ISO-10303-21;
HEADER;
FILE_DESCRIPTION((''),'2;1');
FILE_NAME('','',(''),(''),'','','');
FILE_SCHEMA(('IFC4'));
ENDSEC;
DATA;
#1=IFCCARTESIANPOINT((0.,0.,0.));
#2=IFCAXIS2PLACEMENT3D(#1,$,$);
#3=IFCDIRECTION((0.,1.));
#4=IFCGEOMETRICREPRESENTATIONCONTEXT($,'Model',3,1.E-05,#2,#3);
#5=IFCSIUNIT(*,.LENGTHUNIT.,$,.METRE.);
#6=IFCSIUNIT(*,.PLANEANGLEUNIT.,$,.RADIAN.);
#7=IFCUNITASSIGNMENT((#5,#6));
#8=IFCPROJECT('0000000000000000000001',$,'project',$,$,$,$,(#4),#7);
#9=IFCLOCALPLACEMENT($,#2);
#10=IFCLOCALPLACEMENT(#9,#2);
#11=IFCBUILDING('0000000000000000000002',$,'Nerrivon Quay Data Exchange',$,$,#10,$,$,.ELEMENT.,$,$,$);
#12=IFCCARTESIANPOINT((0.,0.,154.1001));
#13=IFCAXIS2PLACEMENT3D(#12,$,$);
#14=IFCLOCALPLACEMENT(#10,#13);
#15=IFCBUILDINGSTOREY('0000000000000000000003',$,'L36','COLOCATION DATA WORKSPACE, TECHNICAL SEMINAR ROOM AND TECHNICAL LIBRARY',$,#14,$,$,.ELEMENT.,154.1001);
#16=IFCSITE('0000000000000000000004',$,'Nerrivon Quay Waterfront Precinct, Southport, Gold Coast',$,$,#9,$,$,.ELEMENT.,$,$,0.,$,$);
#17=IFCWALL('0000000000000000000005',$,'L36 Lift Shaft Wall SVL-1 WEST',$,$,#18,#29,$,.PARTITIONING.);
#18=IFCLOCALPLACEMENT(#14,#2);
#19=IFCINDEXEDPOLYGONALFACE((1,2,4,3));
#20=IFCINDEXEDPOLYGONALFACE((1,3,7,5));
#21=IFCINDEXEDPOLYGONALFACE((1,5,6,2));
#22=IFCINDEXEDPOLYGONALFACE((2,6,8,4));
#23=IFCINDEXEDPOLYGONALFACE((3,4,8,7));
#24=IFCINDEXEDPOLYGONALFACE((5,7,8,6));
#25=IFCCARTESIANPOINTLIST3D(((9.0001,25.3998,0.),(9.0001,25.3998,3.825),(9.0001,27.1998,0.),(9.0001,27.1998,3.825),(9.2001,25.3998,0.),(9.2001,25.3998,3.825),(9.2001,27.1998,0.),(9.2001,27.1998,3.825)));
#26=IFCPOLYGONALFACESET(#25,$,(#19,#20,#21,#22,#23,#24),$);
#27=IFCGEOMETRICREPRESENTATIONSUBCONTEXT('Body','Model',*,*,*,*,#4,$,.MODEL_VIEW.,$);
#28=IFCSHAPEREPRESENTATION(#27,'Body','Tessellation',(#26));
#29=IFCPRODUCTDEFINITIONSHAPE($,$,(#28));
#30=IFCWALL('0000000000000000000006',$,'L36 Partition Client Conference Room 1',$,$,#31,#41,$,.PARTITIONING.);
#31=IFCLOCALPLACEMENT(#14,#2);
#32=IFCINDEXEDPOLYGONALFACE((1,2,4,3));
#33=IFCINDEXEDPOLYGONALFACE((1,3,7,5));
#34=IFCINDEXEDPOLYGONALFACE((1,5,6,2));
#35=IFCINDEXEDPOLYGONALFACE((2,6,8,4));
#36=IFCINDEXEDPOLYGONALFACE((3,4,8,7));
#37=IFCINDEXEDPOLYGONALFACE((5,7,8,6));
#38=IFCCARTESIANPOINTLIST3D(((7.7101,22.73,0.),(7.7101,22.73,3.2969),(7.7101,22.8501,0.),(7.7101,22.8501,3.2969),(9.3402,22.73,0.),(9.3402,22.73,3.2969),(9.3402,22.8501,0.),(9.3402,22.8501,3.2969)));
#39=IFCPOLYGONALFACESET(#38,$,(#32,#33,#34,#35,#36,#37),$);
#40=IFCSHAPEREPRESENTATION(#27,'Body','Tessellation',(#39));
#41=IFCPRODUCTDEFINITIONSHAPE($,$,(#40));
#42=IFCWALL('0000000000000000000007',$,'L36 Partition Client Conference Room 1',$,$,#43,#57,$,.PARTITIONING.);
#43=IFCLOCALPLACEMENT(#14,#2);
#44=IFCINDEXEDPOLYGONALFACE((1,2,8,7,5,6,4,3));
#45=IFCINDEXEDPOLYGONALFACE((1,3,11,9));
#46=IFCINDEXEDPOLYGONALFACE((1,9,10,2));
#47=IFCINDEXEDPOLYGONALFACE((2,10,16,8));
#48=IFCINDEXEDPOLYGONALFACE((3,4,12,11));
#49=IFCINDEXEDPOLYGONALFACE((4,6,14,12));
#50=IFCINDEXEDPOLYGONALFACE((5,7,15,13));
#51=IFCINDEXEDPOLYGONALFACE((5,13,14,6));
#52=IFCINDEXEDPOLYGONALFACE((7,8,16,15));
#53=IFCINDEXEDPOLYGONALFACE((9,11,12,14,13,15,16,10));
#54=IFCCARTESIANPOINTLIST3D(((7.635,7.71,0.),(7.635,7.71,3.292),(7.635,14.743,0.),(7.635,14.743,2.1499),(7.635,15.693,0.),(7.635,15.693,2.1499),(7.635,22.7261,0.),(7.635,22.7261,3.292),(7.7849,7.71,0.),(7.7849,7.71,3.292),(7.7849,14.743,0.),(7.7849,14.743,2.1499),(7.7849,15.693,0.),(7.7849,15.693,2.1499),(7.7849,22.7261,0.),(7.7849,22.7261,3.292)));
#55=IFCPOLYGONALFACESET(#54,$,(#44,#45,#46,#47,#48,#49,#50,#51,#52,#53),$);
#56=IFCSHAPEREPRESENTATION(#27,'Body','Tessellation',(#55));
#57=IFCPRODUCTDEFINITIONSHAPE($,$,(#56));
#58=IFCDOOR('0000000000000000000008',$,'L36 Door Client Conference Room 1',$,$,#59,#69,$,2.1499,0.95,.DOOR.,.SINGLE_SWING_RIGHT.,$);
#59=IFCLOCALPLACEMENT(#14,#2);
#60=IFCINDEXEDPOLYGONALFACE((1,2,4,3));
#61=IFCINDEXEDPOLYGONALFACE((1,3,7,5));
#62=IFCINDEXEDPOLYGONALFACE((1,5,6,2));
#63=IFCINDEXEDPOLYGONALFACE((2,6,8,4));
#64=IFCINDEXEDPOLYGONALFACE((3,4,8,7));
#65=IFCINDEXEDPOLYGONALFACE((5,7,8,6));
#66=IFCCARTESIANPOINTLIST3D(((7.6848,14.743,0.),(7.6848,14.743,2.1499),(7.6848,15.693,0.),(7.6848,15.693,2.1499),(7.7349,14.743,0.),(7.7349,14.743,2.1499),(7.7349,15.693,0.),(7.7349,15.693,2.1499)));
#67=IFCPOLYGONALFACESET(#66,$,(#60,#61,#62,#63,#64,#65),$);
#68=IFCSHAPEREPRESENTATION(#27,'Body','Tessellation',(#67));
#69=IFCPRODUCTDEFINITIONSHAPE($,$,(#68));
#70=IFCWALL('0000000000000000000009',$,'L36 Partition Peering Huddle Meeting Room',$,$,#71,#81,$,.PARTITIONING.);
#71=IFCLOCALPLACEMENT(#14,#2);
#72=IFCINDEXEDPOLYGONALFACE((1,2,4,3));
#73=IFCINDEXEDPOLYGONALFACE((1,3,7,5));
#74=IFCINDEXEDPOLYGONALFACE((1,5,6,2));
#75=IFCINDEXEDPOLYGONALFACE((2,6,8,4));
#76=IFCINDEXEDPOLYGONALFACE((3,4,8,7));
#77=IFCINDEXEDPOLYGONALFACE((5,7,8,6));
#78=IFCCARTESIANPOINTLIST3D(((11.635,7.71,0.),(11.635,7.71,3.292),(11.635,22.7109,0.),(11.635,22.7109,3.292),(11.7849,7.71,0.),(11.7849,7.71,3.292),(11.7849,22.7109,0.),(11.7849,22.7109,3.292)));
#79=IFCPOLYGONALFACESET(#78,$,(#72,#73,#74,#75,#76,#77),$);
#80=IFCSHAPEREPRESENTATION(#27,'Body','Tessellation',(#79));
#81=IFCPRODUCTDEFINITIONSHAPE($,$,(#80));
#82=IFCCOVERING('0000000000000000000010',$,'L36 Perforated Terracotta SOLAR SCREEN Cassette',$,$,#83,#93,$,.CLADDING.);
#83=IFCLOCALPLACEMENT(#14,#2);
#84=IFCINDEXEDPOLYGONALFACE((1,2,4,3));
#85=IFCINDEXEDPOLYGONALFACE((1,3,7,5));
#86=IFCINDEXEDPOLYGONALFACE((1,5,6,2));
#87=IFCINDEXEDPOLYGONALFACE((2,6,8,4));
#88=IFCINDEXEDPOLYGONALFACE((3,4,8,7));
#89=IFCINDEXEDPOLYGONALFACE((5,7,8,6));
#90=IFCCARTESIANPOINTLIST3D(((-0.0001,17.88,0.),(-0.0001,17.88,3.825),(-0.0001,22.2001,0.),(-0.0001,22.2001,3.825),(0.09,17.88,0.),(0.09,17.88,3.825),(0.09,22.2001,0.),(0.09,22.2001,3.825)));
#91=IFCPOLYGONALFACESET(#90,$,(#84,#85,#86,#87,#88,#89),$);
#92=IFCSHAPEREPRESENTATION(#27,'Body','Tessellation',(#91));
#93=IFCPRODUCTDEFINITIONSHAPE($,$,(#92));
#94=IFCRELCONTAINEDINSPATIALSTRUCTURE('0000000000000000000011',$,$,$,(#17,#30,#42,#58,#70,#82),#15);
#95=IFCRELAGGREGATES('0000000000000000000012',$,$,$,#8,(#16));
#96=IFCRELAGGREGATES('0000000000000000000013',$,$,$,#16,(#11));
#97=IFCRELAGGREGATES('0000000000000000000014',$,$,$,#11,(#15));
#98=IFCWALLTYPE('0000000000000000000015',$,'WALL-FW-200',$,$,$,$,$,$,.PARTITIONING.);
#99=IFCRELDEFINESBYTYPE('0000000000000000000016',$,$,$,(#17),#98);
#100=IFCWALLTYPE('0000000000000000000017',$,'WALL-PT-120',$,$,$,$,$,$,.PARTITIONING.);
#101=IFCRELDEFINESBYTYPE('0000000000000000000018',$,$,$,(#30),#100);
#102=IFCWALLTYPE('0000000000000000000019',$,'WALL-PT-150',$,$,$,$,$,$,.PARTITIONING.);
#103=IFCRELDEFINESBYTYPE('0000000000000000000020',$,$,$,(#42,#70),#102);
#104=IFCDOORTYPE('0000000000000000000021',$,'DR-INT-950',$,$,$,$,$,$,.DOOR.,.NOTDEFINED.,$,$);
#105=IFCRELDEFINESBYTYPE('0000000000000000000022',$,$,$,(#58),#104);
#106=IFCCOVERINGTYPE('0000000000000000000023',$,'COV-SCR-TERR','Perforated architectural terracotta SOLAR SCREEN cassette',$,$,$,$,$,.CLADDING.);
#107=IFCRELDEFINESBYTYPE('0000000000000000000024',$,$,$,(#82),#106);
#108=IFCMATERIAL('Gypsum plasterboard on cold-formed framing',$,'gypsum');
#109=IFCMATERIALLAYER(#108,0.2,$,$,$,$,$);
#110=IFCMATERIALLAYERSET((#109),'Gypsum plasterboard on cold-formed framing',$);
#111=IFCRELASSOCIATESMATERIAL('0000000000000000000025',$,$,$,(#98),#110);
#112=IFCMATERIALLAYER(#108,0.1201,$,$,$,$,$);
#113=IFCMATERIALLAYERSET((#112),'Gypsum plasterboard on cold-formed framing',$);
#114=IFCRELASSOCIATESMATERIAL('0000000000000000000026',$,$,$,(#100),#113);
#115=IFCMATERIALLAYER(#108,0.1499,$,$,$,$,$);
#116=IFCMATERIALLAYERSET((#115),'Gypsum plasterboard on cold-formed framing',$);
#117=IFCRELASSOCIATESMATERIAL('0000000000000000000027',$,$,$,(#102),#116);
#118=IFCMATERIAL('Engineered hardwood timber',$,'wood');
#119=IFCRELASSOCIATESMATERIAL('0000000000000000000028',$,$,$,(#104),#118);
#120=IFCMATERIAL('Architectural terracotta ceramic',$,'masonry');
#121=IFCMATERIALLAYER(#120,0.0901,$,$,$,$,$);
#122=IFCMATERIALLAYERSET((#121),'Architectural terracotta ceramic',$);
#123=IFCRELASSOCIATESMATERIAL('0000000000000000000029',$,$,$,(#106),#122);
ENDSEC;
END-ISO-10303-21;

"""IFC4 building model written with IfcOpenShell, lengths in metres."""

from ifc_helpers import new_model, si_unit, direction, frame, frame_2d, origin, origin_2d, place, context, subcontext, project, spatial, rectangle, extrude, material, layer, layer_set, type_object, element, fill, save


model = new_model("IFC4")

# Units and contexts
model_context = context("Model", 3, precision=1e-05, world=origin(), true_north=direction((0.0, 1.0)))
body_context = subcontext(model_context, "Body", "Model", "MODEL_VIEW")
ifc_project = project(units=[si_unit("LENGTHUNIT", "METRE"), si_unit("PLANEANGLEUNIT", "RADIAN")], contexts=[model_context])

# Site, building, storey
site_placement = place(None, origin())
site = spatial("IfcSite", under=ifc_project, at=site_placement, Name="Nerrivon Quay Waterfront Precinct, Southport, Gold Coast", CompositionType="ELEMENT", RefElevation=0.0)
building_placement = place(site_placement, origin())
building = spatial("IfcBuilding", under=site, at=building_placement, Name="Nerrivon Quay Data Exchange", CompositionType="ELEMENT")
storey_placement = place(building_placement, frame((0.0, 0.0, 154.1001)))
storey = spatial("IfcBuildingStorey", under=building, at=storey_placement, Name="L36", Description="COLOCATION DATA WORKSPACE, TECHNICAL SEMINAR ROOM AND TECHNICAL LIBRARY", CompositionType="ELEMENT", Elevation=154.1001)

# Shared definitions
ifc_material_1 = material(Name="Gypsum plasterboard on cold-formed framing", Category="gypsum")
ifc_layer_1 = layer(ifc_material_1, 0.2)
ifc_layer_set_1 = layer_set([ifc_layer_1], Name="Gypsum plasterboard on cold-formed framing")
wall_type_1 = type_object("IfcWallType", Name="WALL-FW-200", PredefinedType="PARTITIONING", material=ifc_layer_set_1)

# Walls
wall_1_placement = place(storey_placement, frame((9.1001, 25.3999, 0.0), z_axis=(0.0, 0.0, 1.0), x_axis=(0.0, 1.0, 0.0)))
element("IfcWall", 1, at=wall_1_placement, inside=storey, type_object=wall_type_1, Name="L36 Lift Shaft Wall SVL-1 WEST", PredefinedType="PARTITIONING", context=body_context, shape_type="SweptSolid", body=[
    extrude(rectangle(XDim=1.8, YDim=0.2, at=frame_2d((0.8999, 0.0))), origin(), (0.0, 0.0, 1.0), 3.825),
])
ifc_layer_2 = layer(ifc_material_1, 0.1201)
ifc_layer_set_2 = layer_set([ifc_layer_2], Name="Gypsum plasterboard on cold-formed framing")
wall_type_2 = type_object("IfcWallType", Name="WALL-PT-120", PredefinedType="PARTITIONING", material=ifc_layer_set_2)
wall_2_placement = place(storey_placement, frame((9.3401, 22.79, 0.0), z_axis=(0.0, 0.0, 1.0), x_axis=(-1.0, 0.0, 0.0)))
element("IfcWall", 2, at=wall_2_placement, inside=storey, type_object=wall_type_2, Name="L36 Partition Client Conference Room 1", PredefinedType="PARTITIONING", context=body_context, shape_type="SweptSolid", body=[
    extrude(rectangle(XDim=1.6301, YDim=0.1201, at=frame_2d((0.8149, 0.0))), origin(), (0.0, 0.0, 1.0), 3.2969),
])

# Wall, opening, door
ifc_layer_3 = layer(ifc_material_1, 0.1499)
ifc_layer_set_3 = layer_set([ifc_layer_3], Name="Gypsum plasterboard on cold-formed framing")
wall_type_3 = type_object("IfcWallType", Name="WALL-PT-150", PredefinedType="PARTITIONING", material=ifc_layer_set_3)
wall_3_placement = place(storey_placement, frame((7.71, 22.7261, 0.0), z_axis=(0.0, 0.0, 1.0), x_axis=(0.0, -1.0, 0.0)))
wall_3 = element("IfcWall", 3, at=wall_3_placement, inside=storey, type_object=wall_type_3, Name="L36 Partition Client Conference Room 1", PredefinedType="PARTITIONING", context=body_context, shape_type="SweptSolid", body=[
    extrude(rectangle(XDim=15.0161, YDim=0.1499, at=frame_2d((7.5081, 0.0))), origin(), (0.0, 0.0, 1.0), 3.292),
])
opening_1_placement = place(wall_3_placement, frame((7.033, 0.0, 0.0)))
opening_1 = element("IfcOpeningElement", 4, at=opening_1_placement, cuts=wall_3, PredefinedType="OPENING", context=body_context, shape_type="SweptSolid", body=[
    extrude(rectangle(XDim=0.95, YDim=2.1499, at=frame_2d((0.4751, 1.075))), frame((0.0, 0.085, 0.0), z_axis=(0.0, -1.0, 0.0), x_axis=(1.0, 0.0, 0.0)), (0.0, 0.0, 1.0), 0.1699),
])
ifc_material_2 = material(Name="Engineered hardwood timber", Category="wood")
door_type_1 = type_object("IfcDoorType", Name="DR-INT-950", OperationType="NOTDEFINED", PredefinedType="DOOR", material=ifc_material_2)
door_1_placement = place(opening_1_placement, origin())
door_1 = element("IfcDoor", 5, at=door_1_placement, inside=storey, type_object=door_type_1, Name="L36 Door Client Conference Room 1", OperationType="SINGLE_SWING_RIGHT", OverallHeight=2.1499, OverallWidth=0.95, PredefinedType="DOOR", context=body_context, shape_type="SweptSolid", body=[
    extrude(rectangle(XDim=0.95, YDim=2.1499, at=frame_2d((0.4751, 1.075))), frame((0.0, 0.0249, 0.0), z_axis=(0.0, -1.0, 0.0), x_axis=(1.0, 0.0, 0.0)), (0.0, 0.0, 1.0), 0.05),
])
fill(opening_1, door_1)

# Wall
wall_4_placement = place(storey_placement, frame((11.71, 22.7109, 0.0), z_axis=(0.0, 0.0, 1.0), x_axis=(0.0, -1.0, 0.0)))
element("IfcWall", 6, at=wall_4_placement, inside=storey, type_object=wall_type_3, Name="L36 Partition Peering Huddle Meeting Room", PredefinedType="PARTITIONING", context=body_context, shape_type="SweptSolid", body=[
    extrude(rectangle(XDim=15.001, YDim=0.1499, at=frame_2d((7.5005, 0.0))), origin(), (0.0, 0.0, 1.0), 3.292),
])

# Covering
ifc_material_3 = material(Name="Architectural terracotta ceramic", Category="masonry")
ifc_layer_4 = layer(ifc_material_3, 0.0901)
ifc_layer_set_4 = layer_set([ifc_layer_4], Name="Architectural terracotta ceramic")
covering_type = type_object("IfcCoveringType", Name="COV-SCR-TERR", Description="Perforated architectural terracotta SOLAR SCREEN cassette", PredefinedType="CLADDING", material=ifc_layer_set_4)
covering_placement = place(storey_placement, frame((0.0449, 20.04, 0.0), z_axis=(0.0, 0.0, 1.0), x_axis=(0.0, 1.0, 0.0)))
element("IfcCovering", 7, at=covering_placement, inside=storey, type_object=covering_type, Name="L36 Perforated Terracotta SOLAR SCREEN Cassette", PredefinedType="CLADDING", context=body_context, shape_type="SweptSolid", body=[
    extrude(rectangle(XDim=4.3201, YDim=0.0901, at=origin_2d()), origin(), (0.0, 0.0, 1.0), 3.825),
])

save(model, "model.ifc")
